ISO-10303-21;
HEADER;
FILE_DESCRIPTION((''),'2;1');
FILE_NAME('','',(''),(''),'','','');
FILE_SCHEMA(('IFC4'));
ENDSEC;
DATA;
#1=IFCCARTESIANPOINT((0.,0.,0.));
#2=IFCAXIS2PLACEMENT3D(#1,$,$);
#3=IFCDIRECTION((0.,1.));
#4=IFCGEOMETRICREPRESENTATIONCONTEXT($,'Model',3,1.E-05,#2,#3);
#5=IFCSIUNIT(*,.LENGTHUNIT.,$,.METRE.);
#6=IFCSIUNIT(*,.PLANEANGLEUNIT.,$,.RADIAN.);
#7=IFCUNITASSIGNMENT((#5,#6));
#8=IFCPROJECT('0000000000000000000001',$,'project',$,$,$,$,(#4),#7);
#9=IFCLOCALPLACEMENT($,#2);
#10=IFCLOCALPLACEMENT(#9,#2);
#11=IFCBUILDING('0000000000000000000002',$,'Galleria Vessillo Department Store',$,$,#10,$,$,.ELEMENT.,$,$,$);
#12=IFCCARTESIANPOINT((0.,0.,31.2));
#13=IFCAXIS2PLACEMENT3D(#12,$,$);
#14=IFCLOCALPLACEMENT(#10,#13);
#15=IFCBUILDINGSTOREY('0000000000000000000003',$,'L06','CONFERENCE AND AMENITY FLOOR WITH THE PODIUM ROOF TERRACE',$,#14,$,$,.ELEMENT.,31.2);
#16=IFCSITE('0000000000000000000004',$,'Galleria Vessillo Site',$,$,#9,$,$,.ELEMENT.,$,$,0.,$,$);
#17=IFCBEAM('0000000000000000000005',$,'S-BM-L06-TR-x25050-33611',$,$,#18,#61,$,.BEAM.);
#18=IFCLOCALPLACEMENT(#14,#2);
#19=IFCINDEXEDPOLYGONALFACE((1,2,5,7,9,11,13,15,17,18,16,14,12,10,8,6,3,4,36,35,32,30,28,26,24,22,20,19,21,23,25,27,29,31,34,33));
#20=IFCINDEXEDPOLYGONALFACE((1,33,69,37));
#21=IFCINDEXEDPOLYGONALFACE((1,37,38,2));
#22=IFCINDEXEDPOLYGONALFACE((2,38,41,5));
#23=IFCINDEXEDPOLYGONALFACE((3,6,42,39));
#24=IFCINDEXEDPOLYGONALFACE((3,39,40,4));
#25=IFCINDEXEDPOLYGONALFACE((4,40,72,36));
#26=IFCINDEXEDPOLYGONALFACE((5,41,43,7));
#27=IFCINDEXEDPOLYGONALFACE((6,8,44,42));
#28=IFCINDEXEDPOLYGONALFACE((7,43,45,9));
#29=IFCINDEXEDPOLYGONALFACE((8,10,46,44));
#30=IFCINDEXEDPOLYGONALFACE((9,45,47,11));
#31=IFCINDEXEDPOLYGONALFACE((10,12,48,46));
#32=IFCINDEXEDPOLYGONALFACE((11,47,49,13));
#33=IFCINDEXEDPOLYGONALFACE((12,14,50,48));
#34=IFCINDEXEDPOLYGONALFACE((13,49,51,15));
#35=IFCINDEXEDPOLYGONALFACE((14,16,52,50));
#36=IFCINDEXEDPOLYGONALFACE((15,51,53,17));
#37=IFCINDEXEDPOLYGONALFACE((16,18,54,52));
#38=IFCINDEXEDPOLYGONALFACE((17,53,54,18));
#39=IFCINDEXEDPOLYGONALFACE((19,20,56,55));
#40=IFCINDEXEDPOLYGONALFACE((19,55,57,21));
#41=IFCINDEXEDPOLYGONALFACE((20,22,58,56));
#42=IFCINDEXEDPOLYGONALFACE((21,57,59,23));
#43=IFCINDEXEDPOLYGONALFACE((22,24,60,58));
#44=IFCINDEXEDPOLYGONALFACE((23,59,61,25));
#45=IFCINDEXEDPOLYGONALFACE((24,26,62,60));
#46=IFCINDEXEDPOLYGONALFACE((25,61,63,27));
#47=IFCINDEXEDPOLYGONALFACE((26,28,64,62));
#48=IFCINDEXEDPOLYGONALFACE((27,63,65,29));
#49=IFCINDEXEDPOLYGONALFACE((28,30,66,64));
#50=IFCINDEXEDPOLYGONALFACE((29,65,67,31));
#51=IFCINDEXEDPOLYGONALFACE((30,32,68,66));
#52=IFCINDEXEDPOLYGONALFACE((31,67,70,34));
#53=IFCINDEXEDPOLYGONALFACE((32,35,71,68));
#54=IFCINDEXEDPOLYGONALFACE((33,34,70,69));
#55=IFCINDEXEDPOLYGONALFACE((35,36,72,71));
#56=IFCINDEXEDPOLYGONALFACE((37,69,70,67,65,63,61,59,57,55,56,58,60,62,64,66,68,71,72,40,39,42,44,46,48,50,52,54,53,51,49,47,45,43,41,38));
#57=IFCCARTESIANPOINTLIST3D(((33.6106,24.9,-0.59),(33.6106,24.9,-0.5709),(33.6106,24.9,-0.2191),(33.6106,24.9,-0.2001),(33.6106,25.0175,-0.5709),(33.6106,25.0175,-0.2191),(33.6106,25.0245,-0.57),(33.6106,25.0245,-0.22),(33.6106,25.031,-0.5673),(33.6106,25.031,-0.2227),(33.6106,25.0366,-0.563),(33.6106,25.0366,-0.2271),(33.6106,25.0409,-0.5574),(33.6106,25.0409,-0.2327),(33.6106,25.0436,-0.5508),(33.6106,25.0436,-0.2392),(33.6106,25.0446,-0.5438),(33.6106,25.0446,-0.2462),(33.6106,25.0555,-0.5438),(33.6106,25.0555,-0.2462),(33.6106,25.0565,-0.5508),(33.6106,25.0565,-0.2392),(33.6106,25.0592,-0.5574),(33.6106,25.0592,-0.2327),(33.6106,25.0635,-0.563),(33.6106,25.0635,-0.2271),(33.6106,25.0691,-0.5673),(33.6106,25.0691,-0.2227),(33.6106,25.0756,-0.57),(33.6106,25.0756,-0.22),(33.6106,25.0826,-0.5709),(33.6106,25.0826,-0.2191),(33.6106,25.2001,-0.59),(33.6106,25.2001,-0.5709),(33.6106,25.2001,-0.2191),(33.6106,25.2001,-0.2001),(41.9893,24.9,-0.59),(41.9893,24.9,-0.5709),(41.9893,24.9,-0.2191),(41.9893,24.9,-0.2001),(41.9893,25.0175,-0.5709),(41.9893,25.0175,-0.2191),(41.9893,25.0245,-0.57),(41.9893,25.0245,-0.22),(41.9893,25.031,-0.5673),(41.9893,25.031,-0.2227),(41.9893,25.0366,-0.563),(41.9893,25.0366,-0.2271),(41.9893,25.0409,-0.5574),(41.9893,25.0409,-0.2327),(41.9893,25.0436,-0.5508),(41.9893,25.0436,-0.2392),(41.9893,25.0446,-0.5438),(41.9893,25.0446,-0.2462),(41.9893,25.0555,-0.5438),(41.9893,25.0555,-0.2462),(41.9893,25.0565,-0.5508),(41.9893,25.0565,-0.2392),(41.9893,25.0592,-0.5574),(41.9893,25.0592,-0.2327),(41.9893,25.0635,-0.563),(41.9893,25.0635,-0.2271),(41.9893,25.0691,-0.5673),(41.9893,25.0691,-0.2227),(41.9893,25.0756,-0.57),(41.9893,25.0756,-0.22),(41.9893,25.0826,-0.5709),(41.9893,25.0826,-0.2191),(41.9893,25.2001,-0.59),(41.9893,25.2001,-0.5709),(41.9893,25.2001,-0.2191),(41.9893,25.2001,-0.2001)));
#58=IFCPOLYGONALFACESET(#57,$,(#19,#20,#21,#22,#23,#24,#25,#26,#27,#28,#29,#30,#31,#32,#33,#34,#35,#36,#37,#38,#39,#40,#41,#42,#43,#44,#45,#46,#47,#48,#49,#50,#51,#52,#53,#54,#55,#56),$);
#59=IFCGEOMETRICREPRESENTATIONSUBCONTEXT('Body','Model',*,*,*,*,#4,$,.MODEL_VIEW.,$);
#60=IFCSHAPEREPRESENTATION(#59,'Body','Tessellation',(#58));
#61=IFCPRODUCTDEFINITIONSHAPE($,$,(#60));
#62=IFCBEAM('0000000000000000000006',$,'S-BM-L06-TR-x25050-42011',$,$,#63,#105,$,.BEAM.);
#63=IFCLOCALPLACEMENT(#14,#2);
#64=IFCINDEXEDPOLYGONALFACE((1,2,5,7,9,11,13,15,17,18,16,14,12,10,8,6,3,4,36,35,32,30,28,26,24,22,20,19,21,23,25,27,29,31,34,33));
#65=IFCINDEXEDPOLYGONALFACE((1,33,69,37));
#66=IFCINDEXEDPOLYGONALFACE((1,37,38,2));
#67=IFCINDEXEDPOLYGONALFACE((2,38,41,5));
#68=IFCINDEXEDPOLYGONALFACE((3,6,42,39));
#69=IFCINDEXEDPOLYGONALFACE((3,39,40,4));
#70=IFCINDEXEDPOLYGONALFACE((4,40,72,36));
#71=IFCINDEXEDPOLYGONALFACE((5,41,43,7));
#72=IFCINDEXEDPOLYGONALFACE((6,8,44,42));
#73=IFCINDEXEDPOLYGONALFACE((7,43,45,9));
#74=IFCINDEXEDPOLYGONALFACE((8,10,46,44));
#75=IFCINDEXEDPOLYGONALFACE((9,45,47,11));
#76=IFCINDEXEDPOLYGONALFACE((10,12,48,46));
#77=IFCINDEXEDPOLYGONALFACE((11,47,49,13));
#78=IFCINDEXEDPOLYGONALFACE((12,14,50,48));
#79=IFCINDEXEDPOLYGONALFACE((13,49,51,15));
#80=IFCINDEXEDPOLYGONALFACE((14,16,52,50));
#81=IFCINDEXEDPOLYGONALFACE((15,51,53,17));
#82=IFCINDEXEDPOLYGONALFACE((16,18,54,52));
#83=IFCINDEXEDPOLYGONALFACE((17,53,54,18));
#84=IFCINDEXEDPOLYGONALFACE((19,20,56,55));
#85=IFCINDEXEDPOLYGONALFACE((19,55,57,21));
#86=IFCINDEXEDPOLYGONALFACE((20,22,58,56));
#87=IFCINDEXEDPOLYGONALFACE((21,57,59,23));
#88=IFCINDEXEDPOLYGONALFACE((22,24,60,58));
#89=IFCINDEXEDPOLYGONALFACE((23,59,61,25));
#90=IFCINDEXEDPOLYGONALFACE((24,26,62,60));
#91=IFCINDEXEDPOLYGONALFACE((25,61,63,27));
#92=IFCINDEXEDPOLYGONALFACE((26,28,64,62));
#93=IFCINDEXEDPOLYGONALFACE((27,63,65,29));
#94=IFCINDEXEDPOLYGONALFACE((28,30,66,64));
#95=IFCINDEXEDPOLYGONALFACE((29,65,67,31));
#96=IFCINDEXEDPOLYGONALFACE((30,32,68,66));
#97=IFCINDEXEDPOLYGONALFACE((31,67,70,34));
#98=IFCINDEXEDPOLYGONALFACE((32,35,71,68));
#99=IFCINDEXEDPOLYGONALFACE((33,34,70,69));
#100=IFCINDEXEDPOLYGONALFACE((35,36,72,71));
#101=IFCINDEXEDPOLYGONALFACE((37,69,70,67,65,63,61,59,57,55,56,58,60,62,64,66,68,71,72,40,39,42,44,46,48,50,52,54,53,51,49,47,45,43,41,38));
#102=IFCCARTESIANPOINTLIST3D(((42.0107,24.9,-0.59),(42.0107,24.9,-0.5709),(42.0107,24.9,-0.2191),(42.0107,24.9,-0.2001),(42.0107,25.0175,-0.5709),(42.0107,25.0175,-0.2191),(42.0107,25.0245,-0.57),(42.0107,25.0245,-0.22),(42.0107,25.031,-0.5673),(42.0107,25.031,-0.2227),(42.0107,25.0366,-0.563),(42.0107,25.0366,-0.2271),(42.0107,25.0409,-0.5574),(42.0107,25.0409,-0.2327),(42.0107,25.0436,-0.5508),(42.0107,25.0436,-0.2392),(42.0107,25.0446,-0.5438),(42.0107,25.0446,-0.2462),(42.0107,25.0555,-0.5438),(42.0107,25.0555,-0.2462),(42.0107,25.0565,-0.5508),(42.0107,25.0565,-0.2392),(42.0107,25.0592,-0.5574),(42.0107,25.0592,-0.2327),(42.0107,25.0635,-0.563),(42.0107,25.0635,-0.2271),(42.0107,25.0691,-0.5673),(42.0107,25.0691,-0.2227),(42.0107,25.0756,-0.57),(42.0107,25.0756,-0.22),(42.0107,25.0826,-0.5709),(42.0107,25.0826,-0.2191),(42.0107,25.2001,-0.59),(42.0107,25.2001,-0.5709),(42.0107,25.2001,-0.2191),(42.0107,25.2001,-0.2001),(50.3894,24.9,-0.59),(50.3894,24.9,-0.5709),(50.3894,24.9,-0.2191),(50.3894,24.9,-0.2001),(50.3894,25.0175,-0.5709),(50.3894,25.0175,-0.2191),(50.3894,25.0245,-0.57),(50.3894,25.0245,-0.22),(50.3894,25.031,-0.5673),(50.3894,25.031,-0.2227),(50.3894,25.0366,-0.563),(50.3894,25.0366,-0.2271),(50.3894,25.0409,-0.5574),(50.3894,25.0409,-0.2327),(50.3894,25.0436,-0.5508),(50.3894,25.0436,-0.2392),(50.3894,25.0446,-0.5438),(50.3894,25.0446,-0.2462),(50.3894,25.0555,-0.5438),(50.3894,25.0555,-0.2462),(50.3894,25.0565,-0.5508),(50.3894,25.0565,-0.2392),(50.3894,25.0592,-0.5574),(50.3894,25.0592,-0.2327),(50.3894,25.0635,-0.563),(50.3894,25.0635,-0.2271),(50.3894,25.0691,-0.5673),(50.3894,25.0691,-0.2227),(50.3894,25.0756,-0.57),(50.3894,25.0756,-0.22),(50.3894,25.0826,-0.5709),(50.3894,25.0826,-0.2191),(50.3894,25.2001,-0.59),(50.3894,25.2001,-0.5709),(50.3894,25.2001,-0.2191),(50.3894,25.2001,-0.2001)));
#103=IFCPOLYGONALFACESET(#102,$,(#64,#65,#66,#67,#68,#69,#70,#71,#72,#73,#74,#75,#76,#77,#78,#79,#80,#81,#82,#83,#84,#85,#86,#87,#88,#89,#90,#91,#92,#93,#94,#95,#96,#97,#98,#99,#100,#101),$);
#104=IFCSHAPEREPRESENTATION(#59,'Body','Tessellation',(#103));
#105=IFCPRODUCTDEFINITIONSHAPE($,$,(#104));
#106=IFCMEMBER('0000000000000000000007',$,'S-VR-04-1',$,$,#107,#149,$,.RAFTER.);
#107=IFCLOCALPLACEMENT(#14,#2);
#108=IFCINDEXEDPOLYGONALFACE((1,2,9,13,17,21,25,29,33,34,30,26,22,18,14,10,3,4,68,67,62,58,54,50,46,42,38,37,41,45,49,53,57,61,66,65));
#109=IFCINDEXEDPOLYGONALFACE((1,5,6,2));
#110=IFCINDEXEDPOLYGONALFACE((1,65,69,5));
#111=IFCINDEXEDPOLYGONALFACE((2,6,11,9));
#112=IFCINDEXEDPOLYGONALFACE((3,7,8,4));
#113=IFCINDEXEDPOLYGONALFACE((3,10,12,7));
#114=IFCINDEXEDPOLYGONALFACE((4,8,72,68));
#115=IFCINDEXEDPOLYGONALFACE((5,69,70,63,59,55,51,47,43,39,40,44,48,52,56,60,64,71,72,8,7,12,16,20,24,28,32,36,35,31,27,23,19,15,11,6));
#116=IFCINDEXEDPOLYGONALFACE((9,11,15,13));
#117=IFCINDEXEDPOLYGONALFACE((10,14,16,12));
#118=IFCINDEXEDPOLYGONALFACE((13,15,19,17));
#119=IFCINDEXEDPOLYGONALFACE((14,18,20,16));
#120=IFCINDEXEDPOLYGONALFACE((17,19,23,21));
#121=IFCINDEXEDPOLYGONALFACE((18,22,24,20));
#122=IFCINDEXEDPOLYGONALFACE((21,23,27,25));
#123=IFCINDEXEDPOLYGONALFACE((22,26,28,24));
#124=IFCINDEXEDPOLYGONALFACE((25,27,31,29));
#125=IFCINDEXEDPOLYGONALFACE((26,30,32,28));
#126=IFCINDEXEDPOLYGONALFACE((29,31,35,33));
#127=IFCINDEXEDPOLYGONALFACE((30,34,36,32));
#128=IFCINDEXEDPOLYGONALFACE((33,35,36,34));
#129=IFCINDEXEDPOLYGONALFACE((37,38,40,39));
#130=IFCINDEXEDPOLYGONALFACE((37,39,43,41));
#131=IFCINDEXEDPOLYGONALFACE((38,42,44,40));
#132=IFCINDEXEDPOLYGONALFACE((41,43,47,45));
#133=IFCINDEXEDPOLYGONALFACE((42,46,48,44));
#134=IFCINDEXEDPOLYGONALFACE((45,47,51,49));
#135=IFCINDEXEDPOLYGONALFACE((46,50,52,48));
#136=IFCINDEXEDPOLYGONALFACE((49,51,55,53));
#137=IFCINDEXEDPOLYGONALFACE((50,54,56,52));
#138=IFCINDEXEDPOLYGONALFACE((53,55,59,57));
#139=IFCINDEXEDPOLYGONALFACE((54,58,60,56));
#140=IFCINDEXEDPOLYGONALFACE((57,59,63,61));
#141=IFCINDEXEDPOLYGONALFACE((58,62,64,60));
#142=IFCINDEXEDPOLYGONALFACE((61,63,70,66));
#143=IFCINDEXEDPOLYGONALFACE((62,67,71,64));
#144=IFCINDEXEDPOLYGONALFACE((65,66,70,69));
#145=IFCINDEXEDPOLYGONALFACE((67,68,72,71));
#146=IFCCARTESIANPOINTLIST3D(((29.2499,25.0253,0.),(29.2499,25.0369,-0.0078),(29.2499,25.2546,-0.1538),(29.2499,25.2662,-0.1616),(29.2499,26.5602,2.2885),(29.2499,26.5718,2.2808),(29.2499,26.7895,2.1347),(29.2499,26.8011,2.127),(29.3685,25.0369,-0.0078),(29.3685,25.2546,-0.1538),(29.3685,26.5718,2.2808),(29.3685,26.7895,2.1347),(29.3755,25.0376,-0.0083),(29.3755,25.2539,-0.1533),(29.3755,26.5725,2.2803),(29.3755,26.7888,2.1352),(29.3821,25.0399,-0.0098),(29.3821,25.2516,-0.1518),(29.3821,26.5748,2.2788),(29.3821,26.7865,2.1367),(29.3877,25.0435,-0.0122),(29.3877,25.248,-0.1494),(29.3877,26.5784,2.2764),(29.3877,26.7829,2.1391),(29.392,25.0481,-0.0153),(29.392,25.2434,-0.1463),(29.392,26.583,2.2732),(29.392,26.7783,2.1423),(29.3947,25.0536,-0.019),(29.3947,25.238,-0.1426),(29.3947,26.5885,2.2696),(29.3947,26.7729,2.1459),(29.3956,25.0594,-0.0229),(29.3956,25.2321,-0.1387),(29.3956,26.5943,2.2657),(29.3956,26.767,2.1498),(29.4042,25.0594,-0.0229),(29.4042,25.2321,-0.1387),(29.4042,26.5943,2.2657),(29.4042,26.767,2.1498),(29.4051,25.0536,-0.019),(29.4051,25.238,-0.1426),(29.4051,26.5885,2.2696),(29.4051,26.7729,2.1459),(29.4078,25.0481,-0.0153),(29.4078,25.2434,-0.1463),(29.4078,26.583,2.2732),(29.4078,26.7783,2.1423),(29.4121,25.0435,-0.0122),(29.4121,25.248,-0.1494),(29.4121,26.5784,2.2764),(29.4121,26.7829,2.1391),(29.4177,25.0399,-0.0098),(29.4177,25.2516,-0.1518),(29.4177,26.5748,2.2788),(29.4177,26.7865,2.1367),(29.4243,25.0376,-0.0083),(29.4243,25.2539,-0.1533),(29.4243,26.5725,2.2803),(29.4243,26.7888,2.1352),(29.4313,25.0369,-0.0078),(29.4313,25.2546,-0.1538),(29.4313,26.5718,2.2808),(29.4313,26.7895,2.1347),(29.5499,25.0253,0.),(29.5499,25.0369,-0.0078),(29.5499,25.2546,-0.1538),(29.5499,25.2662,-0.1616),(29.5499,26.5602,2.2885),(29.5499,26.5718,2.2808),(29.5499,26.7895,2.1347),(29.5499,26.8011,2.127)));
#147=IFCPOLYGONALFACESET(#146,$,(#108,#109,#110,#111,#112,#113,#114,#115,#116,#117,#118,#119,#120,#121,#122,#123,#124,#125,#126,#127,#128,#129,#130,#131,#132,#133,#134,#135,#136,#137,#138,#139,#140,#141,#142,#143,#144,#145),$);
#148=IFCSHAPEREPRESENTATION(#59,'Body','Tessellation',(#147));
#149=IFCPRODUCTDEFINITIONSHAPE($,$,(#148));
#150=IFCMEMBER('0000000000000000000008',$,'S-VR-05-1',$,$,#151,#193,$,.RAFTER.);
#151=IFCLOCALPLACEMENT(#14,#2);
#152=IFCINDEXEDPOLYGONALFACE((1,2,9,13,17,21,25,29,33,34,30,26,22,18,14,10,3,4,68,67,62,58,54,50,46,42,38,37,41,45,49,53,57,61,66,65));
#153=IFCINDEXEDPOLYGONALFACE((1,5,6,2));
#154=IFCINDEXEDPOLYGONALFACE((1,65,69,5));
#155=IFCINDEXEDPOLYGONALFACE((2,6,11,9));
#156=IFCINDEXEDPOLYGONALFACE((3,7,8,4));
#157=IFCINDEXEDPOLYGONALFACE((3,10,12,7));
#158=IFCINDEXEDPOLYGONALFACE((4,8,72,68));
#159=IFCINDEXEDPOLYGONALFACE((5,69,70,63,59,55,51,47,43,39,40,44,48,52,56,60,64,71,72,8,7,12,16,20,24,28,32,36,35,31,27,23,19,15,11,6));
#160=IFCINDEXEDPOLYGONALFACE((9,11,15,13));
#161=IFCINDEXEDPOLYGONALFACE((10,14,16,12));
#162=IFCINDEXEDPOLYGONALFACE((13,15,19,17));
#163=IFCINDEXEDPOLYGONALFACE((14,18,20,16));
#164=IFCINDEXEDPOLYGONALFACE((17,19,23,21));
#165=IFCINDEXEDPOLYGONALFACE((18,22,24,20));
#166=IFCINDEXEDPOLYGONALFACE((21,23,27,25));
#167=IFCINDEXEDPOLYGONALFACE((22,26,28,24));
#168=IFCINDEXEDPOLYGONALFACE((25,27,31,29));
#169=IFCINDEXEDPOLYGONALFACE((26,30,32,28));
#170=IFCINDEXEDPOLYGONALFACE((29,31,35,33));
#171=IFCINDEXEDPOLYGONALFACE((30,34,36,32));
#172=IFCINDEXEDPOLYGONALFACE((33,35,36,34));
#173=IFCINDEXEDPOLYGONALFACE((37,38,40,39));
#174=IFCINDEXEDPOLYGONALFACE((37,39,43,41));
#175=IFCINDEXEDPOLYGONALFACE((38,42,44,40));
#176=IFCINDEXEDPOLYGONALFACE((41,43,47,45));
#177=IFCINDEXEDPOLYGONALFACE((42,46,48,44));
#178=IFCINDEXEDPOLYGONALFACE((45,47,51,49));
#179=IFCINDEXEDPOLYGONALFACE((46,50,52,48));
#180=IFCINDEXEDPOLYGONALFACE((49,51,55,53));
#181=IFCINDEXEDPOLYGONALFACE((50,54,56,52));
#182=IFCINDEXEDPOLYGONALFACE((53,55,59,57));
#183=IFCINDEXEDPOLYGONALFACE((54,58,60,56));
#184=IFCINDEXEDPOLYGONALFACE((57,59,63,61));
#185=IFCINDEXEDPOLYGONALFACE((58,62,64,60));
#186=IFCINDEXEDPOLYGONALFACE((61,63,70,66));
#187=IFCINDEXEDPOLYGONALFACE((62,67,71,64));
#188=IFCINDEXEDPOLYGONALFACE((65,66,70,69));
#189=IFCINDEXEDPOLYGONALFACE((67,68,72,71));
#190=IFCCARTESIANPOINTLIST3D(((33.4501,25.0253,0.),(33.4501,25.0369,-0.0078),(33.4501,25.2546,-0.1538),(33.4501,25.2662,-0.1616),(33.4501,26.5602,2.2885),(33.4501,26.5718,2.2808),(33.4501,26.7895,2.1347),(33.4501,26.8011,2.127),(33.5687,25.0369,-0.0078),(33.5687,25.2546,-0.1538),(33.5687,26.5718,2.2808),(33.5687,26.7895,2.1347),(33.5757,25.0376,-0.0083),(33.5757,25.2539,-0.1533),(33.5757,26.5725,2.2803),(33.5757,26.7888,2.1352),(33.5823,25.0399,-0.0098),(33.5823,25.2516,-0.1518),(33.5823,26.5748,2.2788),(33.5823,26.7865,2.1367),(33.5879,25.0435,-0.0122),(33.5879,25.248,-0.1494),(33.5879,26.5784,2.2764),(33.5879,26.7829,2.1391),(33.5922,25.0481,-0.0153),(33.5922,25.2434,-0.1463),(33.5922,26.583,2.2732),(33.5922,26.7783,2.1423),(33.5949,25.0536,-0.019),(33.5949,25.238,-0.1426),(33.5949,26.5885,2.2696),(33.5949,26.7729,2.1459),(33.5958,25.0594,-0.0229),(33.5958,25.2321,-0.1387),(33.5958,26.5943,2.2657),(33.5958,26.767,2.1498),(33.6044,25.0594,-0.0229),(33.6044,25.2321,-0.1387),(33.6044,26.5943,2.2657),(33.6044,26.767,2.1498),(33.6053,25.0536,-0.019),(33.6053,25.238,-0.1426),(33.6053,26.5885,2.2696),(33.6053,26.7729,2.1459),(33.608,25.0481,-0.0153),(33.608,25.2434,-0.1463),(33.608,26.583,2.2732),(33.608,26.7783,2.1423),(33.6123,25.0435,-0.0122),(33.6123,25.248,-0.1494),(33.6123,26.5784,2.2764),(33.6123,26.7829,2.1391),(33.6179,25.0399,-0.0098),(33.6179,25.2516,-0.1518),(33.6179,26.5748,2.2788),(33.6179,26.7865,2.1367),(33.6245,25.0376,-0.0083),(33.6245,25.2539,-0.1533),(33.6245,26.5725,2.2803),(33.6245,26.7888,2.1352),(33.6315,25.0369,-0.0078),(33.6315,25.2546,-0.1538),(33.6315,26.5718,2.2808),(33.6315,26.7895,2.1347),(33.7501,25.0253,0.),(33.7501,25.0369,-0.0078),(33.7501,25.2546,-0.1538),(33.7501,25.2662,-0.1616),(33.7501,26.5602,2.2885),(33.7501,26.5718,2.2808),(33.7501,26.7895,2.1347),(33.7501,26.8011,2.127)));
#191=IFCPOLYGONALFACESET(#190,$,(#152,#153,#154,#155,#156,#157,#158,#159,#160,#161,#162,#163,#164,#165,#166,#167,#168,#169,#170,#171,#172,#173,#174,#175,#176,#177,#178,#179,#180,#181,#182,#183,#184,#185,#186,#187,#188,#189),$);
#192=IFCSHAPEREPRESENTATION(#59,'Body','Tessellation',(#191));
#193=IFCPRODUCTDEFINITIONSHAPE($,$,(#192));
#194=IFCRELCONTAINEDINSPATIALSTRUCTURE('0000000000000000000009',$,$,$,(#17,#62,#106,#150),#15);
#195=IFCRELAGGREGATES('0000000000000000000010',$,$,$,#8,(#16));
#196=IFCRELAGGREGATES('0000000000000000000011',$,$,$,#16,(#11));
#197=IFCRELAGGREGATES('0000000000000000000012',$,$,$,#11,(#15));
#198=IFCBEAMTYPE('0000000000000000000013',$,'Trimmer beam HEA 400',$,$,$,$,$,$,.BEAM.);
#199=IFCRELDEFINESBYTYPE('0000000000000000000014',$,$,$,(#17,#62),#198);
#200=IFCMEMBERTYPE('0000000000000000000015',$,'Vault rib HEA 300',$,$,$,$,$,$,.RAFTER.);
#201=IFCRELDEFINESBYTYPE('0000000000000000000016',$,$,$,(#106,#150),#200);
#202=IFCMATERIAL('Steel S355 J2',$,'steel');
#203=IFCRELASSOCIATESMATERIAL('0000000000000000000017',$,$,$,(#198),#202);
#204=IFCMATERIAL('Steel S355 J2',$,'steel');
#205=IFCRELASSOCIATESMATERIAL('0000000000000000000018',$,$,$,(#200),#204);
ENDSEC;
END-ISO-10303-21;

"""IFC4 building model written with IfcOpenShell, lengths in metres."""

from ifc_helpers import new_model, si_unit, direction, frame, origin, origin_2d, place, context, subcontext, project, spatial, i_section, extrude, material, material_profile, profile_set, type_object, element, save


model = new_model("IFC4")

# Units and contexts
model_context = context("Model", 3, precision=1e-05, world=origin(), true_north=direction((0.0, 1.0)))
body_context = subcontext(model_context, "Body", "Model", "MODEL_VIEW")
ifc_project = project(units=[si_unit("LENGTHUNIT", "METRE"), si_unit("PLANEANGLEUNIT", "RADIAN")], contexts=[model_context])

# Site, building, storey
site_placement = place(None, origin())
site = spatial("IfcSite", under=ifc_project, at=site_placement, Name="Galleria Vessillo Site", CompositionType="ELEMENT", RefElevation=0.0)
building_placement = place(site_placement, origin())
building = spatial("IfcBuilding", under=site, at=building_placement, Name="Galleria Vessillo Department Store", CompositionType="ELEMENT")
storey_placement = place(building_placement, frame((0.0, 0.0, 31.2)))
storey = spatial("IfcBuildingStorey", under=building, at=storey_placement, Name="L06", Description="CONFERENCE AND AMENITY FLOOR WITH THE PODIUM ROOF TERRACE", CompositionType="ELEMENT", Elevation=31.2)

# Beams
ifc_material_1 = material(Name="Steel S355 J2", Category="steel")
ifc_material_profile_1 = material_profile(ifc_material_1, i_section(OverallWidth=0.3, OverallDepth=0.3899, WebThickness=0.011, FlangeThickness=0.019, FilletRadius=0.0271, at=origin_2d()), Name="HEA 400")
ifc_profile_set_1 = profile_set([ifc_material_profile_1], Name="Steel S355 J2")
beam_type_1 = type_object("IfcBeamType", Name="Trimmer beam HEA 400", PredefinedType="BEAM", material=ifc_profile_set_1)
for number, where, z_axis, x_axis, name in (
    (1, (33.6106, 25.05, -0.395), (1.0, 0.0, 0.0), (0.0, 1.0, 0.0), "S-BM-L06-TR-x25050-33611"),
    (2, (42.0107, 25.05, -0.395), (1.0, 0.0, 0.0), (0.0, 1.0, 0.0), "S-BM-L06-TR-x25050-42011"),
):
    element("IfcBeam", number, at=place(storey_placement, frame(where, z_axis=z_axis, x_axis=x_axis)), inside=storey, type_object=beam_type_1, Name=name, PredefinedType="BEAM", context=body_context, shape_type="SweptSolid", body=[
        extrude(i_section(OverallWidth=0.3, OverallDepth=0.3899, WebThickness=0.011, FlangeThickness=0.019, FilletRadius=0.0271, at=origin_2d()), origin(), (0.0, 0.0, 1.0), 8.3787),
    ])

# Members
ifc_material_2 = material(Name="Steel S355 J2", Category="steel")
ifc_material_profile_2 = material_profile(ifc_material_2, i_section(OverallWidth=0.3, OverallDepth=0.29, WebThickness=0.0085, FlangeThickness=0.0139, FilletRadius=0.0271, at=origin_2d()), Name="HEA 300")
ifc_profile_set_2 = profile_set([ifc_material_profile_2], Name="Steel S355 J2")
member_type_1 = type_object("IfcMemberType", Name="Vault rib HEA 300", PredefinedType="RAFTER", material=ifc_profile_set_2)
for number, where, z_axis, x_axis, name in (
    (3, (29.3999, 25.1458, -0.0808), (0.0, 0.557008, 0.830507), (-1.0, 0.0, 0.0), "S-VR-04-1"),
    (4, (33.6001, 25.1458, -0.0808), (0.0, 0.557008, 0.830507), (-1.0, 0.0, 0.0), "S-VR-05-1"),
):
    element("IfcMember", number, at=place(storey_placement, frame(where, z_axis=z_axis, x_axis=x_axis)), inside=storey, type_object=member_type_1, Name=name, PredefinedType="RAFTER", context=body_context, shape_type="SweptSolid", body=[
        extrude(i_section(OverallWidth=0.3, OverallDepth=0.29, WebThickness=0.0085, FlangeThickness=0.0139, FilletRadius=0.0271, at=origin_2d()), origin(), (0.0, 0.0, 1.0), 2.7556),
    ])

save(model, "model.ifc")
